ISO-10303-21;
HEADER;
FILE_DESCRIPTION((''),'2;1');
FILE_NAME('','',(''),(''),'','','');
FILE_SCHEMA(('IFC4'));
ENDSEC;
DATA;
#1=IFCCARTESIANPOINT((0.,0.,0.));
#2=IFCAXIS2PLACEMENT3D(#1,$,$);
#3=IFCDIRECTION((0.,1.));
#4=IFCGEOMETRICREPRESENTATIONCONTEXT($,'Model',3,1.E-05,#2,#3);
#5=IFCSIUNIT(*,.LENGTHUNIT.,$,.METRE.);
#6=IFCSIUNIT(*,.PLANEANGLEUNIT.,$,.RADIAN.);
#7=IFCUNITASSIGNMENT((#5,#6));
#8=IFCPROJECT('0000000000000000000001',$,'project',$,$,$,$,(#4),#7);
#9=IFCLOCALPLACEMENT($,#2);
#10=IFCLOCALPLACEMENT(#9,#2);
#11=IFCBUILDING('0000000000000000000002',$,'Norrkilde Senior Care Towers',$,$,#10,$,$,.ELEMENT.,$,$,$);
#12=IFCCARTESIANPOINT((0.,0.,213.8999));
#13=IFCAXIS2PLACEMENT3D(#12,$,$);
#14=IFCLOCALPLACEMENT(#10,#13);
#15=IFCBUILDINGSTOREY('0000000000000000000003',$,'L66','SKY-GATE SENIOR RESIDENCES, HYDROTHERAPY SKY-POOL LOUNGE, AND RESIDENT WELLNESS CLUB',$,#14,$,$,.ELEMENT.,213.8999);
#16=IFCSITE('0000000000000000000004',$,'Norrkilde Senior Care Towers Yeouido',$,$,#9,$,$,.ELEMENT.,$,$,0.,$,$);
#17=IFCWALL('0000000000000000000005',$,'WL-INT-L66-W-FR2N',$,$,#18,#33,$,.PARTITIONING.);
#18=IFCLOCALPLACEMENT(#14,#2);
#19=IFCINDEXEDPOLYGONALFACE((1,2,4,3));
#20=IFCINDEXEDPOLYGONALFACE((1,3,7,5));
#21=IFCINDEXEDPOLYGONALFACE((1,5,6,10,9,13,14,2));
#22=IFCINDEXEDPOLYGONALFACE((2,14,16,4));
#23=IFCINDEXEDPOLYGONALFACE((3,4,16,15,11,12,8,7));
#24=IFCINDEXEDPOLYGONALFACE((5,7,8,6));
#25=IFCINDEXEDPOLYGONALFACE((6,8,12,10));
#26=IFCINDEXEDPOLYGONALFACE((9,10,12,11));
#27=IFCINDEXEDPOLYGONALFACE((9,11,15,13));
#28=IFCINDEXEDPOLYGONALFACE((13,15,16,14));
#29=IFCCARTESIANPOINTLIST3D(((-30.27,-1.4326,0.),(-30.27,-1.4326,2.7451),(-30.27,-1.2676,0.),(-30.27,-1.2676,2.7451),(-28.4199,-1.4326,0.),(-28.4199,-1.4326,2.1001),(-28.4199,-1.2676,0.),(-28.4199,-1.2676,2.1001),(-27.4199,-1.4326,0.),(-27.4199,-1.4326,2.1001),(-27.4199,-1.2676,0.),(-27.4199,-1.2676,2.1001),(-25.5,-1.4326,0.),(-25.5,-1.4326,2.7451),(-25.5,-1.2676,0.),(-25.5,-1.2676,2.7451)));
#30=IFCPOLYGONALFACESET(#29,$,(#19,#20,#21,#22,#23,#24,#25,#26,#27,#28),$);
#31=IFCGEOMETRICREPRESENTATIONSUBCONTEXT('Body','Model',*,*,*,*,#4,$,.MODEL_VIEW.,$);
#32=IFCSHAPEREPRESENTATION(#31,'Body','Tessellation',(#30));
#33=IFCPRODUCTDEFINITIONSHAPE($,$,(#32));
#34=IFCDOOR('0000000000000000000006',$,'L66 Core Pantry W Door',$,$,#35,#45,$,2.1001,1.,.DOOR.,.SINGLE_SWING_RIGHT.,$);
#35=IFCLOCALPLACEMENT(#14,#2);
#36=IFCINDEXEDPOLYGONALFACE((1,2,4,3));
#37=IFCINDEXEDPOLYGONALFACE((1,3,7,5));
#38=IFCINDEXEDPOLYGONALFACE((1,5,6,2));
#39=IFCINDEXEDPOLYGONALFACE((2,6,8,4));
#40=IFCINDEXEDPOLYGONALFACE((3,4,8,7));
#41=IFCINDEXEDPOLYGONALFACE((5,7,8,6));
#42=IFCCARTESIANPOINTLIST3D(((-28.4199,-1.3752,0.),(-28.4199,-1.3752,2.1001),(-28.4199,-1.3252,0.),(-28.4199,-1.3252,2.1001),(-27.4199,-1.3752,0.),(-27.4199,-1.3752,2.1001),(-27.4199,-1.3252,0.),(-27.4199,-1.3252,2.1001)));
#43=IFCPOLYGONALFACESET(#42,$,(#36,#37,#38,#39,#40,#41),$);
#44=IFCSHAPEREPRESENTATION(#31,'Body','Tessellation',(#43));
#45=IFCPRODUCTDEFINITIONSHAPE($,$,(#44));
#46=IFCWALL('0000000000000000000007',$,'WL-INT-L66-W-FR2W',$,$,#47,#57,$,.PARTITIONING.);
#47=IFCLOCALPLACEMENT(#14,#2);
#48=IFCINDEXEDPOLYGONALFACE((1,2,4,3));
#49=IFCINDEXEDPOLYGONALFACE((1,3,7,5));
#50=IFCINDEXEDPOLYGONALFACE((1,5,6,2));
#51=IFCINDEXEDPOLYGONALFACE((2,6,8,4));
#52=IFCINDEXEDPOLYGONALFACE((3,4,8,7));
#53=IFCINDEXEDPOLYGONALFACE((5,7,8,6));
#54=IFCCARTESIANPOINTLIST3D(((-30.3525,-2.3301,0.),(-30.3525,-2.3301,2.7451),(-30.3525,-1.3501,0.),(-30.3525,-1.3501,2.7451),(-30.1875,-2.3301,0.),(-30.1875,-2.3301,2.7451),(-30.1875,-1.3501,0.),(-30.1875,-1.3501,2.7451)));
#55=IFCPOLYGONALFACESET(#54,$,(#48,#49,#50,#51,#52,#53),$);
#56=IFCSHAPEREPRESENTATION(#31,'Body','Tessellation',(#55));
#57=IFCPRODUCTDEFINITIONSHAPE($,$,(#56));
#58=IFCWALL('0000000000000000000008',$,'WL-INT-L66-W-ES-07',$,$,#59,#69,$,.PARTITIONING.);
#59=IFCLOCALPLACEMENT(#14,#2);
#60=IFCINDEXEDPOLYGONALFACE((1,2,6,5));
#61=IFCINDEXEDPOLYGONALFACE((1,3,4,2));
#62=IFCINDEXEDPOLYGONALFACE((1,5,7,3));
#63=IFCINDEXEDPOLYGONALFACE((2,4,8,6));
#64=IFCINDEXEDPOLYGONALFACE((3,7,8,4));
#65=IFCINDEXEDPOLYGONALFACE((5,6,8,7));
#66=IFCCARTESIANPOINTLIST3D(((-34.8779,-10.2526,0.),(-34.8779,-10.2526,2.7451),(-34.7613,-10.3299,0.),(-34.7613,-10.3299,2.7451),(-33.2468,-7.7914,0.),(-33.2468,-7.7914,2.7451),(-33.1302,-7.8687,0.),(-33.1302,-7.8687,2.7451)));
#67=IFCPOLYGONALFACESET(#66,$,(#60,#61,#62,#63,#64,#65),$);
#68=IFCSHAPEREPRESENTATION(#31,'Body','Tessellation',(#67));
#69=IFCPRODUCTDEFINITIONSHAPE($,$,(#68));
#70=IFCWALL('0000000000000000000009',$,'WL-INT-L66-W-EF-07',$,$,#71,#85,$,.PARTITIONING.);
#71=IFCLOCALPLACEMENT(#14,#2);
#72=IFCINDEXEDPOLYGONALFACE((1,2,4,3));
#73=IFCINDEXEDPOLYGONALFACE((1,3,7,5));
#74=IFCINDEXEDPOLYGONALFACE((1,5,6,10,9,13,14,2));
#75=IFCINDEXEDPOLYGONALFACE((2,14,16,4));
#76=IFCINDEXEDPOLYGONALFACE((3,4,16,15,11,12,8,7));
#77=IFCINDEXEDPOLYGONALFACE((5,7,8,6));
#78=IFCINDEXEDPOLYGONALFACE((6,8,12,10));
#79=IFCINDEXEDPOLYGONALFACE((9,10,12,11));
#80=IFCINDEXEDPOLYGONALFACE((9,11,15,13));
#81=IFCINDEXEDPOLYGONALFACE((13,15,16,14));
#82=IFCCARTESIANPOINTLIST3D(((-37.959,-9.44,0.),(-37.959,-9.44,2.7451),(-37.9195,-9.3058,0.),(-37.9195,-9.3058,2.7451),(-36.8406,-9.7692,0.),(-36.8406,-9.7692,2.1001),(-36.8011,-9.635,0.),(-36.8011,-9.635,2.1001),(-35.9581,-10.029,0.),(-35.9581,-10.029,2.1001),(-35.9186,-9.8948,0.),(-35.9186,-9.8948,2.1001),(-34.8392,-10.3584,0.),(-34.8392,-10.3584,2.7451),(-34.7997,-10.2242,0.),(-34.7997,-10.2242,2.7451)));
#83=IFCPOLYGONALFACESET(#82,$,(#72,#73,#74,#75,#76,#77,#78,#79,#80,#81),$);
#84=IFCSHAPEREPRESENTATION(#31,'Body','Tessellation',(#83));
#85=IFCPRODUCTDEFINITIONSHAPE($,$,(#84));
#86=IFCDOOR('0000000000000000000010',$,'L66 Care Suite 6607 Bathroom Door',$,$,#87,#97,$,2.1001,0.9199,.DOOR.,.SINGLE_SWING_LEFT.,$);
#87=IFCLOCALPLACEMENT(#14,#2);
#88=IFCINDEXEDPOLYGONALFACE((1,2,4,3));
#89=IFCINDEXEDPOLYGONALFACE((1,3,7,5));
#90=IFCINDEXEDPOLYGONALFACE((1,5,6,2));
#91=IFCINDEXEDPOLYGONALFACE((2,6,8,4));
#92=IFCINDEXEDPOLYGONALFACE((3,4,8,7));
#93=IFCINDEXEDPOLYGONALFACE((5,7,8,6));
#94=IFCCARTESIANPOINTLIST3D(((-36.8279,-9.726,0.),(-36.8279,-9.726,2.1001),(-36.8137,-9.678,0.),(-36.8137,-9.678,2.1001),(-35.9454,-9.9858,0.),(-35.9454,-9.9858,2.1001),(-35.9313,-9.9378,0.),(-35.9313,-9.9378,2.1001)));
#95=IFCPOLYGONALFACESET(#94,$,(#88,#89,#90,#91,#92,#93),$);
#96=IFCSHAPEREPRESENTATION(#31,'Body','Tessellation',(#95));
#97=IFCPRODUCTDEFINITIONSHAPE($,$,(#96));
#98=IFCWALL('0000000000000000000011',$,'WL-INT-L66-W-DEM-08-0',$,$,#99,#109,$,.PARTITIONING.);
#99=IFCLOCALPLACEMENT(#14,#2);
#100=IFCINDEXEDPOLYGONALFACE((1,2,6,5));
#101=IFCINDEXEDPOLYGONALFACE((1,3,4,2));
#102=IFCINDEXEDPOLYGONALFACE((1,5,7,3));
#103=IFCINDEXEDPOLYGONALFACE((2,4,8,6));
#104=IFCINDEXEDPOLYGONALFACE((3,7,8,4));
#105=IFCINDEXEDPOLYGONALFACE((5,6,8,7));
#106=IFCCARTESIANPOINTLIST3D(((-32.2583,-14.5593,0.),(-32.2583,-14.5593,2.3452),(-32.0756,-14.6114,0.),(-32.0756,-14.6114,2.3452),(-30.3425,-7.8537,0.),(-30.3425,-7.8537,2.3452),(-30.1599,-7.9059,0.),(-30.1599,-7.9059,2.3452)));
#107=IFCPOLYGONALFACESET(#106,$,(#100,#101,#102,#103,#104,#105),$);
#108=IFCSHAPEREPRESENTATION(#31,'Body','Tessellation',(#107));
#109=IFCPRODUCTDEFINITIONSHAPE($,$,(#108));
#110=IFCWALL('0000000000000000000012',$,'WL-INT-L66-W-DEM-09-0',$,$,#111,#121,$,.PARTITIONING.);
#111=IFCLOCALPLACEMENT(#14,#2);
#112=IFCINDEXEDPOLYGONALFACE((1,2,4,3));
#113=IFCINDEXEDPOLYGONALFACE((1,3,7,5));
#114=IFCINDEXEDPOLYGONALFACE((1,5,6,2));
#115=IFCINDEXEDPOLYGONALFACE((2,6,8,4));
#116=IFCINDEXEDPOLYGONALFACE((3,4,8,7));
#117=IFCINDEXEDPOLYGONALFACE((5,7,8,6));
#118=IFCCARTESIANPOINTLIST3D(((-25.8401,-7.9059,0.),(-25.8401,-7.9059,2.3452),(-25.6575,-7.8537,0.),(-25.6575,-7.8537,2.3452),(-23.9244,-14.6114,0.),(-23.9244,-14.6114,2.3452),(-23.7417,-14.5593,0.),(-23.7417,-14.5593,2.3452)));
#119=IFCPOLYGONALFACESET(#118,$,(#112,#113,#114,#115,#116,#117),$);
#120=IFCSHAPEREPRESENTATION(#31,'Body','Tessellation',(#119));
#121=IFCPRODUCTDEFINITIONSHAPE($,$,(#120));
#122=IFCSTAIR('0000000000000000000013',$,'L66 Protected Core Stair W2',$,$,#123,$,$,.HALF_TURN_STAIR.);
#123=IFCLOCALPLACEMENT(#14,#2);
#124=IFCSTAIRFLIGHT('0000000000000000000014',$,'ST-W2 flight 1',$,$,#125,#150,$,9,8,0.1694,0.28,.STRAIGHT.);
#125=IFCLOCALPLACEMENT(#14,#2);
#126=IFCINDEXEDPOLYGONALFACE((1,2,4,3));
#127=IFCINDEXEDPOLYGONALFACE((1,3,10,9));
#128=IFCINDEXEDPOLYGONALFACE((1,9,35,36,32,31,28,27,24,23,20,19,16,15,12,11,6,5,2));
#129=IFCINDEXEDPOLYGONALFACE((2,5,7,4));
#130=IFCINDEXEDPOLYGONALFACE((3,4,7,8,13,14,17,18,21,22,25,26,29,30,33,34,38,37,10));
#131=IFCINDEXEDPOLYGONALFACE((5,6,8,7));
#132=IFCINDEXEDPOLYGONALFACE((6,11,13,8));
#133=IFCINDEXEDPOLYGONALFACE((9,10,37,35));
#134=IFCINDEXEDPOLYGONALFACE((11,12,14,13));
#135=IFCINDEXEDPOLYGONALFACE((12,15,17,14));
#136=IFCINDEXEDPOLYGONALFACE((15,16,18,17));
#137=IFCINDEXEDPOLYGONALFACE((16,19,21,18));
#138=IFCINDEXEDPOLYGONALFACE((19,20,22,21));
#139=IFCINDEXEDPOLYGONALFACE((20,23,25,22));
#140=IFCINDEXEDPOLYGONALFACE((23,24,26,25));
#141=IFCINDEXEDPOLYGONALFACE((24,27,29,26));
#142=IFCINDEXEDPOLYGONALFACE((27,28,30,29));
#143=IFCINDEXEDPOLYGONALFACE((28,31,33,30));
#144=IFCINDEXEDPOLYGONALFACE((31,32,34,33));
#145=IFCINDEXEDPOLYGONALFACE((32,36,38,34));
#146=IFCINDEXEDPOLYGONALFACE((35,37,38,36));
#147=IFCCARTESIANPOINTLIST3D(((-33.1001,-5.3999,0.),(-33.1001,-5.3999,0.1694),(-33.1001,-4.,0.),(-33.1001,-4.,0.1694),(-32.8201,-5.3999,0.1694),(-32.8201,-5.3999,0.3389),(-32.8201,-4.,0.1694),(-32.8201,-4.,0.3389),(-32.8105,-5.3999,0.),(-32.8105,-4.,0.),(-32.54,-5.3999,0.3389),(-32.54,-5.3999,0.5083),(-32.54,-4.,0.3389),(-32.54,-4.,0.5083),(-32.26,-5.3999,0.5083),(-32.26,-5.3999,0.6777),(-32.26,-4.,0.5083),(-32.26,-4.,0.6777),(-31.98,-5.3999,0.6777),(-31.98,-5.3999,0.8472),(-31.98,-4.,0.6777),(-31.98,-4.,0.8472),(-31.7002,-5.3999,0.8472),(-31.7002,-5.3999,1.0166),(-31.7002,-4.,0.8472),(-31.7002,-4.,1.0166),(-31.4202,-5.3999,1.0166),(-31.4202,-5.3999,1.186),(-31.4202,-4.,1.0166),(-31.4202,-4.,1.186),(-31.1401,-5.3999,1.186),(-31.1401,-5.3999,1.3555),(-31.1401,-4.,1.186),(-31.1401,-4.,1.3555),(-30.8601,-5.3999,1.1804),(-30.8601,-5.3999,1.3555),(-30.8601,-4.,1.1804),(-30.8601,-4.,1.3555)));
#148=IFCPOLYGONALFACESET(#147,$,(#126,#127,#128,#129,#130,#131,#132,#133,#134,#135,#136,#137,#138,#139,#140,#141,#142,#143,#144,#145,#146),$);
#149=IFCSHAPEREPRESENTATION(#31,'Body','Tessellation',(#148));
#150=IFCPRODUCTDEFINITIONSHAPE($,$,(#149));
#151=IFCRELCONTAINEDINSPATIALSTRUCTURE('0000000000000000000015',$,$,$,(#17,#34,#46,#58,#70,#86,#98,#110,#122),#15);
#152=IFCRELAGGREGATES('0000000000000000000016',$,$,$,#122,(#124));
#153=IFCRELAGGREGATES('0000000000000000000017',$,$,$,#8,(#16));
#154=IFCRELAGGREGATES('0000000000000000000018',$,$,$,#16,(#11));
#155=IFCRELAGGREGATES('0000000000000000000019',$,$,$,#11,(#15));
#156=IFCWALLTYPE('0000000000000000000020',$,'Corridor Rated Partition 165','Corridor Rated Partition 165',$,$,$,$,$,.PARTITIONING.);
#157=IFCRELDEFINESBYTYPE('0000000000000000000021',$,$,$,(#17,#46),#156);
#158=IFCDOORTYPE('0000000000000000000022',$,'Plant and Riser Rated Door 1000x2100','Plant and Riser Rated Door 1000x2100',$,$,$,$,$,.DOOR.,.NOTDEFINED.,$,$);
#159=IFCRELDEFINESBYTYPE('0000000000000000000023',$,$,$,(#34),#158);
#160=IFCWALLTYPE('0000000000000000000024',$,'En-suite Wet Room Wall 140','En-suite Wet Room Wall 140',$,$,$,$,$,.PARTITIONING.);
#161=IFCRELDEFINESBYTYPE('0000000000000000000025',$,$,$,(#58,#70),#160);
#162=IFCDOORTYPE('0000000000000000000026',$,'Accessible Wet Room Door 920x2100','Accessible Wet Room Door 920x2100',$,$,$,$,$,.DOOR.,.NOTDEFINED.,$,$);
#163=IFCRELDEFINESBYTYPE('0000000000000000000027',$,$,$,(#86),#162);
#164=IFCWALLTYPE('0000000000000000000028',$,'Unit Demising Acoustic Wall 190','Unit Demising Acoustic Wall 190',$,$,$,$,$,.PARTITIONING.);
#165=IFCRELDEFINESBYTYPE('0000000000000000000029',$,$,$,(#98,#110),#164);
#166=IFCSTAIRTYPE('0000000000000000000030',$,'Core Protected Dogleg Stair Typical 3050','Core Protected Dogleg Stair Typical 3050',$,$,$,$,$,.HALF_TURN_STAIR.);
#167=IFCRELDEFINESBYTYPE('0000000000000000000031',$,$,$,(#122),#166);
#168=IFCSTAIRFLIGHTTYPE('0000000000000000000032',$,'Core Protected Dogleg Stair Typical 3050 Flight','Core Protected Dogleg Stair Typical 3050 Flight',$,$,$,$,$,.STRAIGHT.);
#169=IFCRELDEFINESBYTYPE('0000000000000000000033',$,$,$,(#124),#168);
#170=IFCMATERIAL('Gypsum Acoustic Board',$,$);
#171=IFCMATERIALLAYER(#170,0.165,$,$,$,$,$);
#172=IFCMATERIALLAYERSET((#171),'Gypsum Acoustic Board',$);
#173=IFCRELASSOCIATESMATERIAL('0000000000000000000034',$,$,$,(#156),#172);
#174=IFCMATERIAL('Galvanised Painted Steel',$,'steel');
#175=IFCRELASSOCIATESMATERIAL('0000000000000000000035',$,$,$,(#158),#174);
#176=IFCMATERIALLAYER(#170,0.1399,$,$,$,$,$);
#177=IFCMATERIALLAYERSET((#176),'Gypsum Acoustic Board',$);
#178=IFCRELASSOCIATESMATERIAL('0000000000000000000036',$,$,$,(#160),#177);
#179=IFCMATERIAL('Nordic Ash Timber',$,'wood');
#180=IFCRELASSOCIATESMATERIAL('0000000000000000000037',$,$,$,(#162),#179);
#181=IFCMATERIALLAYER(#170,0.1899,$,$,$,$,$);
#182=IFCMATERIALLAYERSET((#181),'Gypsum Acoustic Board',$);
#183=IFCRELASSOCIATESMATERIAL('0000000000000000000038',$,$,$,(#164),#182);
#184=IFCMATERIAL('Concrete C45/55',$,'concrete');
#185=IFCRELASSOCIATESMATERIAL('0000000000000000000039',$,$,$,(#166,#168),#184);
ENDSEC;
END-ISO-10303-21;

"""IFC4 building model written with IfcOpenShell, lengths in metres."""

from ifc_helpers import new_model, si_unit, direction, frame, frame_2d, origin, place, context, subcontext, project, spatial, polyline, rectangle, outline, extrude, source, transform, mapped, material, layer, layer_set, type_object, type_shapes, element, fill, aggregate, save


model = new_model("IFC4")

# Units and contexts
model_context = context("Model", 3, precision=1e-05, world=origin(), true_north=direction((0.0, 1.0)))
body_context = subcontext(model_context, "Body", "Model", "MODEL_VIEW")
ifc_project = project(units=[si_unit("LENGTHUNIT", "METRE"), si_unit("PLANEANGLEUNIT", "RADIAN")], contexts=[model_context])

# Site, building, storey
site_placement = place(None, origin())
site = spatial("IfcSite", under=ifc_project, at=site_placement, Name="Norrkilde Senior Care Towers Yeouido", CompositionType="ELEMENT", RefElevation=0.0)
building_placement = place(site_placement, origin())
building = spatial("IfcBuilding", under=site, at=building_placement, Name="Norrkilde Senior Care Towers", CompositionType="ELEMENT")
storey_placement = place(building_placement, frame((0.0, 0.0, 213.8999)))
storey = spatial("IfcBuildingStorey", under=building, at=storey_placement, Name="L66", Description="SKY-GATE SENIOR RESIDENCES, HYDROTHERAPY SKY-POOL LOUNGE, AND RESIDENT WELLNESS CLUB", CompositionType="ELEMENT", Elevation=213.8999)

# Shared definitions
ifc_material_1 = material(Name="Concrete C45/55", Category="concrete")
ifc_material_2 = material(Name="Gypsum Acoustic Board")

# Wall, opening, door
ifc_layer_1 = layer(ifc_material_2, 0.165)
ifc_layer_set_1 = layer_set([ifc_layer_1], Name="Gypsum Acoustic Board")
wall_type_1 = type_object("IfcWallType", Name="Corridor Rated Partition 165", Description="Corridor Rated Partition 165", PredefinedType="PARTITIONING", material=ifc_layer_set_1)
shared_shape_1 = source(origin(), body_context, "Body", "SweptSolid", [
    extrude(rectangle(XDim=4.77, YDim=0.165, at=frame_2d((2.385, 0.0))), origin(), (0.0, 0.0, 1.0), 2.7451),
])
wall_1_placement = place(storey_placement, frame((-30.27, -1.3501, 0.0), z_axis=(0.0, 0.0, 1.0), x_axis=(1.0, 0.0, 0.0)))
wall_1 = element("IfcWall", 1, at=wall_1_placement, inside=storey, type_object=wall_type_1, Name="WL-INT-L66-W-FR2N", PredefinedType="PARTITIONING", context=body_context, shape_type="MappedRepresentation", body=[
    mapped(shared_shape_1, transform((0.0, 0.0, 0.0), x_axis=(1.0, 0.0, 0.0), y_axis=(0.0, 1.0, 0.0), z_axis=(0.0, 0.0, 1.0), scale=1.0)),
])
opening_1_placement = place(wall_1_placement, frame((1.8501, 0.0, 0.0)))
opening_1 = element("IfcOpeningElement", 2, at=opening_1_placement, cuts=wall_1, PredefinedType="OPENING", context=body_context, shape_type="SweptSolid", body=[
    extrude(rectangle(XDim=1.0, YDim=2.1001, at=frame_2d((0.5, 1.05))), frame((0.0, 0.0925, 0.0), z_axis=(0.0, -1.0, 0.0), x_axis=(1.0, 0.0, 0.0)), (0.0, 0.0, 1.0), 0.1851),
])
ifc_material_3 = material(Name="Galvanised Painted Steel", Category="steel")
door_type_1 = type_object("IfcDoorType", Name="Plant and Riser Rated Door 1000x2100", Description="Plant and Riser Rated Door 1000x2100", OperationType="NOTDEFINED", PredefinedType="DOOR", material=ifc_material_3)
shared_shape_2 = source(origin(), body_context, "Body", "SweptSolid", [
    extrude(rectangle(XDim=1.0, YDim=2.1001, at=frame_2d((0.5, 1.05))), frame((0.0, 0.0249, 0.0), z_axis=(0.0, -1.0, 0.0), x_axis=(1.0, 0.0, 0.0)), (0.0, 0.0, 1.0), 0.05),
])
type_shapes(door_type_1, [shared_shape_2])
door_1_placement = place(opening_1_placement, origin())
door_1 = element("IfcDoor", 3, at=door_1_placement, inside=storey, type_object=door_type_1, Name="L66 Core Pantry W Door", OperationType="SINGLE_SWING_RIGHT", OverallHeight=2.1001, OverallWidth=1.0, PredefinedType="DOOR", context=body_context, shape_type="MappedRepresentation", body=[
    mapped(shared_shape_2, transform((0.0, 0.0, 0.0), x_axis=(1.0, 0.0, 0.0), y_axis=(0.0, 1.0, 0.0), z_axis=(0.0, 0.0, 1.0), scale=1.0)),
])
fill(opening_1, door_1)

# Walls
shared_shape_3 = source(origin(), body_context, "Body", "SweptSolid", [
    extrude(rectangle(XDim=0.98, YDim=0.165, at=frame_2d((0.49, 0.0))), origin(), (0.0, 0.0, 1.0), 2.7451),
])
type_shapes(wall_type_1, [shared_shape_1, shared_shape_3])
wall_2_placement = place(storey_placement, frame((-30.27, -2.3301, 0.0), z_axis=(0.0, 0.0, 1.0), x_axis=(0.0, 1.0, 0.0)))
element("IfcWall", 4, at=wall_2_placement, inside=storey, type_object=wall_type_1, Name="WL-INT-L66-W-FR2W", PredefinedType="PARTITIONING", context=body_context, shape_type="MappedRepresentation", body=[
    mapped(shared_shape_3, transform((0.0, 0.0, 0.0), x_axis=(1.0, 0.0, 0.0), y_axis=(0.0, 1.0, 0.0), z_axis=(0.0, 0.0, 1.0), scale=1.0)),
])
ifc_layer_2 = layer(ifc_material_2, 0.1399)
ifc_layer_set_2 = layer_set([ifc_layer_2], Name="Gypsum Acoustic Board")
wall_type_2 = type_object("IfcWallType", Name="En-suite Wet Room Wall 140", Description="En-suite Wet Room Wall 140", PredefinedType="PARTITIONING", material=ifc_layer_set_2)
shared_shape_4 = source(origin(), body_context, "Body", "SweptSolid", [
    extrude(rectangle(XDim=2.9526, YDim=0.1399, at=frame_2d((1.4763, 0.0))), origin(), (0.0, 0.0, 1.0), 2.7451),
])
wall_3_placement = place(storey_placement, frame((-33.1885, -7.8301, 0.0), z_axis=(0.0, 0.0, 1.0), x_axis=(-0.552427, -0.833561, 0.0)))
element("IfcWall", 5, at=wall_3_placement, inside=storey, type_object=wall_type_2, Name="WL-INT-L66-W-ES-07", PredefinedType="PARTITIONING", context=body_context, shape_type="MappedRepresentation", body=[
    mapped(shared_shape_4, transform((0.0, 0.0, 0.0), x_axis=(1.0, 0.0, 0.0), y_axis=(0.0, 1.0, 0.0), z_axis=(0.0, 0.0, 1.0), scale=1.0)),
])

# Wall, opening, door
shared_shape_5 = source(origin(), body_context, "Body", "SweptSolid", [
    extrude(rectangle(XDim=3.2522, YDim=0.1399, at=frame_2d((1.626, 0.0))), origin(), (0.0, 0.0, 1.0), 2.7451),
])
type_shapes(wall_type_2, [shared_shape_4, shared_shape_5])
wall_4_placement = place(storey_placement, frame((-34.8196, -10.2913, 0.0), z_axis=(0.0, 0.0, 1.0), x_axis=(-0.959295, 0.282406, 0.0)))
wall_4 = element("IfcWall", 6, at=wall_4_placement, inside=storey, type_object=wall_type_2, Name="WL-INT-L66-W-EF-07", PredefinedType="PARTITIONING", context=body_context, shape_type="MappedRepresentation", body=[
    mapped(shared_shape_5, transform((0.0, 0.0, 0.0), x_axis=(1.0, 0.0, 0.0), y_axis=(0.0, 1.0, 0.0), z_axis=(0.0, 0.0, 1.0), scale=1.0)),
])
opening_2_placement = place(wall_4_placement, frame((1.1663, 0.0, 0.0)))
opening_2 = element("IfcOpeningElement", 7, at=opening_2_placement, cuts=wall_4, PredefinedType="OPENING", context=body_context, shape_type="SweptSolid", body=[
    extrude(rectangle(XDim=0.9199, YDim=2.1001, at=frame_2d((0.46, 1.05))), frame((0.0, 0.0798, 0.0), z_axis=(0.0, -1.0, 0.0), x_axis=(1.0, 0.0, 0.0)), (0.0, 0.0, 1.0), 0.1599),
])
ifc_material_4 = material(Name="Nordic Ash Timber", Category="wood")
door_type_2 = type_object("IfcDoorType", Name="Accessible Wet Room Door 920x2100", Description="Accessible Wet Room Door 920x2100", OperationType="NOTDEFINED", PredefinedType="DOOR", material=ifc_material_4)
shared_shape_6 = source(origin(), body_context, "Body", "SweptSolid", [
    extrude(rectangle(XDim=0.9199, YDim=2.1001, at=frame_2d((0.46, 1.05))), frame((0.0, 0.0249, 0.0), z_axis=(0.0, -1.0, 0.0), x_axis=(1.0, 0.0, 0.0)), (0.0, 0.0, 1.0), 0.05),
])
type_shapes(door_type_2, [shared_shape_6])
door_2_placement = place(opening_2_placement, origin())
door_2 = element("IfcDoor", 8, at=door_2_placement, inside=storey, type_object=door_type_2, Name="L66 Care Suite 6607 Bathroom Door", OperationType="SINGLE_SWING_LEFT", OverallHeight=2.1001, OverallWidth=0.9199, PredefinedType="DOOR", context=body_context, shape_type="MappedRepresentation", body=[
    mapped(shared_shape_6, transform((0.0, 0.0, 0.0), x_axis=(1.0, 0.0, 0.0), y_axis=(0.0, 1.0, 0.0), z_axis=(0.0, 0.0, 1.0), scale=1.0)),
])
fill(opening_2, door_2)

# Walls
ifc_layer_3 = layer(ifc_material_2, 0.1899)
ifc_layer_set_3 = layer_set([ifc_layer_3], Name="Gypsum Acoustic Board")
wall_type_3 = type_object("IfcWallType", Name="Unit Demising Acoustic Wall 190", Description="Unit Demising Acoustic Wall 190", PredefinedType="PARTITIONING", material=ifc_layer_set_3)
shared_shape_7 = source(origin(), body_context, "Body", "SweptSolid", [
    extrude(rectangle(XDim=6.9739, YDim=0.1899, at=frame_2d((3.4868, 0.0))), origin(), (0.0, 0.0, 1.0), 2.3452),
])
type_shapes(wall_type_3, [shared_shape_7])
for number, where, z_axis, x_axis, name in (
    (9, (-30.2512, -7.8799, 0.0), (0.0, 0.0, 1.0), (-0.274707, -0.961528, 0.0), "WL-INT-L66-W-DEM-08-0"),
    (10, (-25.7488, -7.8799, 0.0), (0.0, 0.0, 1.0), (0.274707, -0.961528, 0.0), "WL-INT-L66-W-DEM-09-0"),
):
    element("IfcWall", number, at=place(storey_placement, frame(where, z_axis=z_axis, x_axis=x_axis)), inside=storey, type_object=wall_type_3, Name=name, PredefinedType="PARTITIONING", context=body_context, shape_type="MappedRepresentation", body=[
        mapped(shared_shape_7, transform((0.0, 0.0, 0.0), x_axis=(1.0, 0.0, 0.0), y_axis=(0.0, 1.0, 0.0), z_axis=(0.0, 0.0, 1.0), scale=1.0)),
    ])

# Stair, stair flight
stair_type = type_object("IfcStairType", Name="Core Protected Dogleg Stair Typical 3050", Description="Core Protected Dogleg Stair Typical 3050", PredefinedType="HALF_TURN_STAIR", material=ifc_material_1)
stair_placement = place(storey_placement, origin())
stair = element("IfcStair", 11, at=stair_placement, inside=storey, type_object=stair_type, Name="L66 Protected Core Stair W2", PredefinedType="HALF_TURN_STAIR")
stair_flight_type = type_object("IfcStairFlightType", Name="Core Protected Dogleg Stair Typical 3050 Flight", Description="Core Protected Dogleg Stair Typical 3050 Flight", PredefinedType="STRAIGHT", material=ifc_material_1)
stair_flight_1_placement = place(storey_placement, frame((-33.1001, -4.7, 0.0), z_axis=(0.0, 0.0, 1.0), x_axis=(1.0, 0.0, 0.0)))
stair_flight_1 = element("IfcStairFlight", 12, at=stair_flight_1_placement, type_object=stair_flight_type, Name="ST-W2 flight 1", NumberOfRisers=9, NumberOfTreads=8, PredefinedType="STRAIGHT", RiserHeight=0.1694, TreadLength=0.28, context=body_context, shape_type="SweptSolid", body=[
    extrude(outline(polyline([(0.0, 0.0), (0.0, 0.1694), (0.28, 0.1694), (0.28, 0.3389), (0.5601, 0.3389), (0.5601, 0.5083), (0.8401, 0.5083), (0.8401, 0.6777), (1.1201, 0.6777), (1.1201, 0.8472), (1.3999, 0.8472), (1.3999, 1.0166), (1.6799, 1.0166), (1.6799, 1.186), (1.96, 1.186), (1.96, 1.3555), (2.24, 1.3555), (2.24, 1.5249), (2.24, 1.1804), (0.2896, 0.0), (0.0, 0.0)])), frame((0.0, 0.7, 0.0), z_axis=(0.0, -1.0, 0.0), x_axis=(1.0, 0.0, 0.0)), (0.0, 0.0, 1.0), 1.3999),
])
aggregate(stair, [stair_flight_1])

save(model, "model.ifc")
